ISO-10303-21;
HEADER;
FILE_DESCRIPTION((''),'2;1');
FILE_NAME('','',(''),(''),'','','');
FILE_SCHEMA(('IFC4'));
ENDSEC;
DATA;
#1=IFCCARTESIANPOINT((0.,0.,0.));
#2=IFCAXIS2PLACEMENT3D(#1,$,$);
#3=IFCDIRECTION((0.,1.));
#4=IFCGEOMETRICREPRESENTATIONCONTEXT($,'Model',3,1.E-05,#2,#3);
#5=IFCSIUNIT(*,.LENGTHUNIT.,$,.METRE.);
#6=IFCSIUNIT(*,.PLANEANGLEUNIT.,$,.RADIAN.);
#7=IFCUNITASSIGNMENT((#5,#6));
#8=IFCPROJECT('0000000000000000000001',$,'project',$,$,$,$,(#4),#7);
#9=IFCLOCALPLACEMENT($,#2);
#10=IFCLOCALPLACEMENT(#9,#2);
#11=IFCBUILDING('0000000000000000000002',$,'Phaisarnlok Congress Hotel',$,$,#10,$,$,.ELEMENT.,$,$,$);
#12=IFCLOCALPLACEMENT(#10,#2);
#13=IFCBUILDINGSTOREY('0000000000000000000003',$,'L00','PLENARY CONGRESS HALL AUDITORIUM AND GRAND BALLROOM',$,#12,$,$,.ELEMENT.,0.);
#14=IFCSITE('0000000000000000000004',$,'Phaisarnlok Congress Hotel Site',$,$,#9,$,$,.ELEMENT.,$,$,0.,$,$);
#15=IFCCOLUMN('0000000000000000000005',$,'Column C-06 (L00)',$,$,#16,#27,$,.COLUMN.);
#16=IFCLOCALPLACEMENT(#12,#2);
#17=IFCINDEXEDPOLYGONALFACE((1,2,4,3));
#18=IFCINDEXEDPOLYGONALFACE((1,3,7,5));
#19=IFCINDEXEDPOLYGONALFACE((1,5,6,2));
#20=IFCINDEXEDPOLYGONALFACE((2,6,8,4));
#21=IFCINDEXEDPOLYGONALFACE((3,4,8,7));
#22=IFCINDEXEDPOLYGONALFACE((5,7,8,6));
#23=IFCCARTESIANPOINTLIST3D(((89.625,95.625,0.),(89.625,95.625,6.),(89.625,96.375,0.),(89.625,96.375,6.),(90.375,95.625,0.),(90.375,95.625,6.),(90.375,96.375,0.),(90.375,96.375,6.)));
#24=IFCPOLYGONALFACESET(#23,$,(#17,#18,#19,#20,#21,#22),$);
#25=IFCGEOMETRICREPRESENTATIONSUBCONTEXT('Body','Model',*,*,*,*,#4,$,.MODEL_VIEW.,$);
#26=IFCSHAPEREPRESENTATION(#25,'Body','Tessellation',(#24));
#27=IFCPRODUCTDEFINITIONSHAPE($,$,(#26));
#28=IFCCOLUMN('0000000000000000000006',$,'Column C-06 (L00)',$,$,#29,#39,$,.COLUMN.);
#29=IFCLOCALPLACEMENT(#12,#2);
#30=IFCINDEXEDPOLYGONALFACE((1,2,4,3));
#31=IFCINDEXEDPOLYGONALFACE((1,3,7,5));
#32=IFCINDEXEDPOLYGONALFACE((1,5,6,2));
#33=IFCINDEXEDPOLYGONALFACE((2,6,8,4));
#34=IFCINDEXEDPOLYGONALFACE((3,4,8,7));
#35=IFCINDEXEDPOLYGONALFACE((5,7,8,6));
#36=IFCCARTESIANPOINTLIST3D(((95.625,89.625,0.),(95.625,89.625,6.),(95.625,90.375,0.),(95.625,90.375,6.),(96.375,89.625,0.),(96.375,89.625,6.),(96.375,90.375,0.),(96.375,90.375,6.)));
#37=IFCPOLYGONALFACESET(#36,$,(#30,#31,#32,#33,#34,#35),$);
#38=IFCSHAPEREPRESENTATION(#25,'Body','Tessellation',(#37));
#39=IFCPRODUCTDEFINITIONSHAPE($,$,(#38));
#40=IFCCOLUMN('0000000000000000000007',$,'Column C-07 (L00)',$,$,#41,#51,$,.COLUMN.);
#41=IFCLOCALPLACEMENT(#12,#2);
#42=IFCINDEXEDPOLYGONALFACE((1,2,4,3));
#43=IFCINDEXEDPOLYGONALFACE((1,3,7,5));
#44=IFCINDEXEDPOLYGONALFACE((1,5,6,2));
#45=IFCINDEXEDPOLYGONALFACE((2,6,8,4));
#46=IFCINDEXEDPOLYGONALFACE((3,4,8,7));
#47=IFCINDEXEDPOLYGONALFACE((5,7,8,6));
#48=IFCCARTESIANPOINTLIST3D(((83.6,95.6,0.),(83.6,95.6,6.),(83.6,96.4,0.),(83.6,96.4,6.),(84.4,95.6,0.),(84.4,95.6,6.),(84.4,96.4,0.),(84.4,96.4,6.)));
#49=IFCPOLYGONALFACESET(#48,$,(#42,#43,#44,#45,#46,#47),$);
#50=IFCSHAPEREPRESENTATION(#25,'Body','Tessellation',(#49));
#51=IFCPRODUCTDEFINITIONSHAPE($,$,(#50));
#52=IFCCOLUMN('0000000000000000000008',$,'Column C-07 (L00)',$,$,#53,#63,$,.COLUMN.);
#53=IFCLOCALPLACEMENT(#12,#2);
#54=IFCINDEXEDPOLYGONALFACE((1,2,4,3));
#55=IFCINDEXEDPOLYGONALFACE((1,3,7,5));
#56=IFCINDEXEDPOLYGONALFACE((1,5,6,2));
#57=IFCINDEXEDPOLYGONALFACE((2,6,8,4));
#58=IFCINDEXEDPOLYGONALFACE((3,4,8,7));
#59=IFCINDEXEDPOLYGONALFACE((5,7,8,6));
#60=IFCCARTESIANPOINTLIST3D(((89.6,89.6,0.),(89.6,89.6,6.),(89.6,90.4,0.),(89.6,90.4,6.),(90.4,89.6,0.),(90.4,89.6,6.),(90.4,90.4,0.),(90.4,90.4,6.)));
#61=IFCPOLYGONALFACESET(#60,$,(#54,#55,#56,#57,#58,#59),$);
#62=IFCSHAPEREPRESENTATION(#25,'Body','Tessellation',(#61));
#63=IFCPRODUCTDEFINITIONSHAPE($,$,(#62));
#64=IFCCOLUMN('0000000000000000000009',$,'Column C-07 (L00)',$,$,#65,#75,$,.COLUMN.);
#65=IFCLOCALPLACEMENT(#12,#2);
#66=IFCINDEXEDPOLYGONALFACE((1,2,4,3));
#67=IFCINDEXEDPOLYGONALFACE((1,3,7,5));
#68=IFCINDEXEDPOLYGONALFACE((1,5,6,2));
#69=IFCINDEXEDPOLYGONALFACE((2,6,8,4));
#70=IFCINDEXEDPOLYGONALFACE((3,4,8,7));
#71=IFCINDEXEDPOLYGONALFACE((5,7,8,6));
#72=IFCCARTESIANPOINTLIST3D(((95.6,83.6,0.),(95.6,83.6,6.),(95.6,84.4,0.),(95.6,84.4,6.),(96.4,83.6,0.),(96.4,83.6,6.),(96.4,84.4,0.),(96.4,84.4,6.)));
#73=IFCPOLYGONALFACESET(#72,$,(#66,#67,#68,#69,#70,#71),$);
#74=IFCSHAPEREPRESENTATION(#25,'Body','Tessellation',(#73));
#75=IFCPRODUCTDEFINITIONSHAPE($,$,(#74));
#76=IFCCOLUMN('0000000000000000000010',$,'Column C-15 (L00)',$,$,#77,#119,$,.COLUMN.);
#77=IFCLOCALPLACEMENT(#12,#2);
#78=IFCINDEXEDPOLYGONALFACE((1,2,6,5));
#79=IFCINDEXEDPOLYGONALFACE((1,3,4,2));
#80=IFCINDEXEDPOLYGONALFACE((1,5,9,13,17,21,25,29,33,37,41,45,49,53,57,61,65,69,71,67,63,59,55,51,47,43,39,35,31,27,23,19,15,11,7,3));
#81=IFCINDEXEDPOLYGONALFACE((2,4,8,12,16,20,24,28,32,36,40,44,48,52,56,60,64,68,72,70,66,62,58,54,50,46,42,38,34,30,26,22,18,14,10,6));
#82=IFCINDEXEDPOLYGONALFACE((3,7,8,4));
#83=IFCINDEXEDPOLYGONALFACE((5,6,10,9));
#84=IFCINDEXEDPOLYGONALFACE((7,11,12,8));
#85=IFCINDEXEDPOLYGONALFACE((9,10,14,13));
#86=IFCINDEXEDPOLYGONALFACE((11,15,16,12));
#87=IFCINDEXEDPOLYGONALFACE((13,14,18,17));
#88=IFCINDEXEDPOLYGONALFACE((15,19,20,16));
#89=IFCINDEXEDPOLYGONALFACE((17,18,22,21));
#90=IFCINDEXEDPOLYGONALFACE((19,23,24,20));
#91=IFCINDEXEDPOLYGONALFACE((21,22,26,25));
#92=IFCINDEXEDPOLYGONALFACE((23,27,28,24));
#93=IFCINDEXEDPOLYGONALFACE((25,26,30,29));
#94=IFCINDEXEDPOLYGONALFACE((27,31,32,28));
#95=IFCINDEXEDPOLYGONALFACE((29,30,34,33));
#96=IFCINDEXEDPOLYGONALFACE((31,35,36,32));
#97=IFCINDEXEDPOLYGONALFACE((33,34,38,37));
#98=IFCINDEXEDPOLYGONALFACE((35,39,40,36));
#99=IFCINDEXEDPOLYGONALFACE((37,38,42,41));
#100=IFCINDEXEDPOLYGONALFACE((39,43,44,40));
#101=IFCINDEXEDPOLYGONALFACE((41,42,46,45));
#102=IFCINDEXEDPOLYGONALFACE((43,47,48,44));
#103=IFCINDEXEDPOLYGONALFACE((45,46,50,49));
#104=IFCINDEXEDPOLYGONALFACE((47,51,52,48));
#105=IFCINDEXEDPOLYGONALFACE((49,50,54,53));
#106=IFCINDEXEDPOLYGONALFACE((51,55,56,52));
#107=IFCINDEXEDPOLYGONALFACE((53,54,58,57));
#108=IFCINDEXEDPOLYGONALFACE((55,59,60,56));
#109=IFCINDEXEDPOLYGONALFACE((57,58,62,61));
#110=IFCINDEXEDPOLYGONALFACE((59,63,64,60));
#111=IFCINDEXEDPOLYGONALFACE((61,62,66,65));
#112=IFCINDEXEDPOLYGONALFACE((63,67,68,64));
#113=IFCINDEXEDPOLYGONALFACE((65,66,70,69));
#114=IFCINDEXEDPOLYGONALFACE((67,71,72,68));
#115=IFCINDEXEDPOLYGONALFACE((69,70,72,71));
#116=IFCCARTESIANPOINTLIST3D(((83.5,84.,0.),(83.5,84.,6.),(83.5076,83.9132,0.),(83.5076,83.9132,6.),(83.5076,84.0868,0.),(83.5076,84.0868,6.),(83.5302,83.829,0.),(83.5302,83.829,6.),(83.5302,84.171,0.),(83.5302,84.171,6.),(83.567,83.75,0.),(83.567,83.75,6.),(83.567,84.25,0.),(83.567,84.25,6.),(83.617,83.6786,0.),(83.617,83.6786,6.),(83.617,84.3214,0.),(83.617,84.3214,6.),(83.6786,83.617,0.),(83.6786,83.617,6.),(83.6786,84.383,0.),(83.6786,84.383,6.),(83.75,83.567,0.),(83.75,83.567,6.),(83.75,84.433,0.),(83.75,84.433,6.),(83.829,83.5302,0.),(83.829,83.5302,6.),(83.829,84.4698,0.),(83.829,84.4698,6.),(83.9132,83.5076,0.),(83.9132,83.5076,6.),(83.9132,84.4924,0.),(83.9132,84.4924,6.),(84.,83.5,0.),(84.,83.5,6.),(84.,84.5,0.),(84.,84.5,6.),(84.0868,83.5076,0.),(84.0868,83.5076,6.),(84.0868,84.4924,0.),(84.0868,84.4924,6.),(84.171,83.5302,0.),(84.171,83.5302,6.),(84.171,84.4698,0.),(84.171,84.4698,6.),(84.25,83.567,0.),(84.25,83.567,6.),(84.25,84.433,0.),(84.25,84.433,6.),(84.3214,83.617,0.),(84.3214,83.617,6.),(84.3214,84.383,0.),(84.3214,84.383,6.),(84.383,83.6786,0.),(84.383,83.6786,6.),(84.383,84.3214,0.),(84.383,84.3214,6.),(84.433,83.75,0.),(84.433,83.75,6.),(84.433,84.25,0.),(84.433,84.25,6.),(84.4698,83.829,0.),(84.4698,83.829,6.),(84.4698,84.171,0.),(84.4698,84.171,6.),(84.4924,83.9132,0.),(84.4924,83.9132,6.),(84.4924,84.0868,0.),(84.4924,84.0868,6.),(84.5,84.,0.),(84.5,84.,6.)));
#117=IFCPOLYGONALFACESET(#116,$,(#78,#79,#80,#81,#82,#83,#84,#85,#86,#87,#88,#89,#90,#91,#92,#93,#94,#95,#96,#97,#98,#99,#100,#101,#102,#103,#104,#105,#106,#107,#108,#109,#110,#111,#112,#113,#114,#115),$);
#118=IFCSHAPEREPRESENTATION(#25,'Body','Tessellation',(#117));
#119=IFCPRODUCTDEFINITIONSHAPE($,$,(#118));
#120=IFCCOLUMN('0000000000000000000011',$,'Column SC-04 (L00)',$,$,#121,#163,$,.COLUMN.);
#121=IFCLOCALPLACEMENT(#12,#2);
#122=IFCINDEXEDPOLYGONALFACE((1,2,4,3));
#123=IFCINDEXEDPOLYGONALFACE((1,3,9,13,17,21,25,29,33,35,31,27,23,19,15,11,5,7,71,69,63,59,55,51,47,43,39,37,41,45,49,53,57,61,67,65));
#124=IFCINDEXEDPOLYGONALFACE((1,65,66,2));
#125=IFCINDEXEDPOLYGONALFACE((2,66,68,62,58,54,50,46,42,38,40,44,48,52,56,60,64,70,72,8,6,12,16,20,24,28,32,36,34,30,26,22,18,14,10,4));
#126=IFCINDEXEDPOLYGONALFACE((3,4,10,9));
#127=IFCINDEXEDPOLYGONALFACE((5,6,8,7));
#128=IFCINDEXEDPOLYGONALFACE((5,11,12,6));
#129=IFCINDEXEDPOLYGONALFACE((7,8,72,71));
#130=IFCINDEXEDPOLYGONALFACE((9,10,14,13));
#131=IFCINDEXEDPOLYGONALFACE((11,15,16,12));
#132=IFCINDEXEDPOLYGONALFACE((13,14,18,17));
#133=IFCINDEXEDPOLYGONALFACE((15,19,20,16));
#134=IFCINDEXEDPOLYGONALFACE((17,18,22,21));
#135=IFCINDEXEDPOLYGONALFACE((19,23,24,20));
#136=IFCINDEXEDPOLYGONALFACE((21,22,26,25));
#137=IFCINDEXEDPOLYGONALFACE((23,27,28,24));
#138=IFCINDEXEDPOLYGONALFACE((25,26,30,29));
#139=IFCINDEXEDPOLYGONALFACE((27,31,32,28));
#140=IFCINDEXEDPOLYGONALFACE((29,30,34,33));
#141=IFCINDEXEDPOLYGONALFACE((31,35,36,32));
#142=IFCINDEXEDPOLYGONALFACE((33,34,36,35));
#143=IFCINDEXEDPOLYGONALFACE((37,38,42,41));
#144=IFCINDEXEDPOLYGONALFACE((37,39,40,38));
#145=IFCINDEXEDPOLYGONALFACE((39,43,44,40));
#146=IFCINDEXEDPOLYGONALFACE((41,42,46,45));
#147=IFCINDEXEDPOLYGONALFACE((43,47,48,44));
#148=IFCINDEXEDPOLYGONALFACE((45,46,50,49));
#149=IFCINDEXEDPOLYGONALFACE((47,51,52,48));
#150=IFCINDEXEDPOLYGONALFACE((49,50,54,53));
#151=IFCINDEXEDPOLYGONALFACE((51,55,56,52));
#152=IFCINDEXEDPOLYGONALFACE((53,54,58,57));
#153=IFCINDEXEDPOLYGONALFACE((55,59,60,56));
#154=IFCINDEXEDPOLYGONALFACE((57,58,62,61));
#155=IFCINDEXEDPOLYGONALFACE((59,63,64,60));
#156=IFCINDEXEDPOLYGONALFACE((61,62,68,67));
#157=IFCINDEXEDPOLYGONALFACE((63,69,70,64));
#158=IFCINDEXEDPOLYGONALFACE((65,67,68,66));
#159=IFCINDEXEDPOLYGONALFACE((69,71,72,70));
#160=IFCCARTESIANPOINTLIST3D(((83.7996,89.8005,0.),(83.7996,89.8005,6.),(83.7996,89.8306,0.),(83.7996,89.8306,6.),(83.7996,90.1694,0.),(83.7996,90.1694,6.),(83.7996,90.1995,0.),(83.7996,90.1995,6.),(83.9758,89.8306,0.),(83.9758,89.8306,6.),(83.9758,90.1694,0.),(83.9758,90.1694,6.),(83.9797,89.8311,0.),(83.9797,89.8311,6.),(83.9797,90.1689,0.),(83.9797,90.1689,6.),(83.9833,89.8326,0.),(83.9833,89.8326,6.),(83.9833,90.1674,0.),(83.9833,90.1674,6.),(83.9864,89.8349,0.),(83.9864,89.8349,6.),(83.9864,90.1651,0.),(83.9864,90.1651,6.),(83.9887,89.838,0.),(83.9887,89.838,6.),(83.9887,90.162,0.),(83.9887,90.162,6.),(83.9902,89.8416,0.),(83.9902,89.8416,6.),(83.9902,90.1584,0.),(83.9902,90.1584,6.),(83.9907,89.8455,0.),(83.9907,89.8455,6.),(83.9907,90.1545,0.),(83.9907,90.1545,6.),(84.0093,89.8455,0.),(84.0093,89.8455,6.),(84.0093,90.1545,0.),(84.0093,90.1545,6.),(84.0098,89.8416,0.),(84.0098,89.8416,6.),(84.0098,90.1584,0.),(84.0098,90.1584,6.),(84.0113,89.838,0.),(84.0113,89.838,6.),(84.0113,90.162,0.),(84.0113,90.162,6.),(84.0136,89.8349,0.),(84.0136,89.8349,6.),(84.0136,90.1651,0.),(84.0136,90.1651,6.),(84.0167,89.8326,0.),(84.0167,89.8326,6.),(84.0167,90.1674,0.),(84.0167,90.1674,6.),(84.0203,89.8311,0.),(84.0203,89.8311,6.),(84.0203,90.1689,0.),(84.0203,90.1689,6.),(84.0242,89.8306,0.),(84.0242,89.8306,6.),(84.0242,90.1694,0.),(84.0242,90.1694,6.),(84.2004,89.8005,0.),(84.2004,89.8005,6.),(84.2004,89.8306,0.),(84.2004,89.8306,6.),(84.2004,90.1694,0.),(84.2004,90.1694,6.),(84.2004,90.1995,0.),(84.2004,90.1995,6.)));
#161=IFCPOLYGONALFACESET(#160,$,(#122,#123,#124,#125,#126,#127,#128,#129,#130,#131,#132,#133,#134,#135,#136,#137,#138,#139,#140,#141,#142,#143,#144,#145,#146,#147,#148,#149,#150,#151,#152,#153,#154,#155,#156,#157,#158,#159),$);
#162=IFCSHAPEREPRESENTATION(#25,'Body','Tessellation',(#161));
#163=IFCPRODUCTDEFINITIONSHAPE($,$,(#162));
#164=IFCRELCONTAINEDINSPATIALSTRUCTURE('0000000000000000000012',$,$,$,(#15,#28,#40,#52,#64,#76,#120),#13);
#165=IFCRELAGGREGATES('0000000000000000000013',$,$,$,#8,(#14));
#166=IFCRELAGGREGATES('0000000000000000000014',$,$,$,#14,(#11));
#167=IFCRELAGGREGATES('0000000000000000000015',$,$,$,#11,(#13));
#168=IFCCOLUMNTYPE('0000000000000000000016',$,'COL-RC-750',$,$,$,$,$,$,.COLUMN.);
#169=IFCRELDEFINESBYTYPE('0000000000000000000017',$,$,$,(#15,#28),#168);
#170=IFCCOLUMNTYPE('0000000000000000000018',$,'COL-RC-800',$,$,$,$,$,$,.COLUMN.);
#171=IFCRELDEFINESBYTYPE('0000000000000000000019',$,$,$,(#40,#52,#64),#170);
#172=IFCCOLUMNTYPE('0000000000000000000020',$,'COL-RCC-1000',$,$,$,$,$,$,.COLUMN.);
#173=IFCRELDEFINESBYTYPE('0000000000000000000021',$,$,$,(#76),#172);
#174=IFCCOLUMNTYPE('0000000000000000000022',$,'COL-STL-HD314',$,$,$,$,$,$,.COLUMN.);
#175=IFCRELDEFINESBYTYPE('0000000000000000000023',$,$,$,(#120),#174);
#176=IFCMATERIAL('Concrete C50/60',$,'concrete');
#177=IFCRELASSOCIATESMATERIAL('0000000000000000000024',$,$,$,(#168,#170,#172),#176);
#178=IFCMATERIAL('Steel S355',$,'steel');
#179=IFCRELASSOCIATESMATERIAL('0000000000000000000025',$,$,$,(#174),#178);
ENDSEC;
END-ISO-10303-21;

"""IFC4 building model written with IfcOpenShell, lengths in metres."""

from ifc_helpers import new_model, si_unit, direction, frame, origin, origin_2d, place, context, subcontext, project, spatial, rectangle, circle, i_section, extrude, material, material_profile, profile_set, type_object, element, save


model = new_model("IFC4")

# Units and contexts
model_context = context("Model", 3, precision=1e-05, world=origin(), true_north=direction((0.0, 1.0)))
body_context = subcontext(model_context, "Body", "Model", "MODEL_VIEW")
ifc_project = project(units=[si_unit("LENGTHUNIT", "METRE"), si_unit("PLANEANGLEUNIT", "RADIAN")], contexts=[model_context])

# Site, building, storey
site_placement = place(None, origin())
site = spatial("IfcSite", under=ifc_project, at=site_placement, Name="Phaisarnlok Congress Hotel Site", CompositionType="ELEMENT", RefElevation=0.0)
building_placement = place(site_placement, origin())
building = spatial("IfcBuilding", under=site, at=building_placement, Name="Phaisarnlok Congress Hotel", CompositionType="ELEMENT")
storey_placement = place(building_placement, origin())
storey = spatial("IfcBuildingStorey", under=building, at=storey_placement, Name="L00", Description="PLENARY CONGRESS HALL AUDITORIUM AND GRAND BALLROOM", CompositionType="ELEMENT", Elevation=0.0)

# Columns
ifc_material_1 = material(Name="Concrete C50/60", Category="concrete")
ifc_material_profile_1 = material_profile(ifc_material_1, rectangle(XDim=0.75, YDim=0.75, at=origin_2d()), Name="RC 750x750")
ifc_profile_set_1 = profile_set([ifc_material_profile_1], Name="Concrete C50/60")
column_type_1 = type_object("IfcColumnType", Name="COL-RC-750", PredefinedType="COLUMN", material=ifc_profile_set_1)
for number, where, z_axis, x_axis, name in (
    (1, (90.0, 96.0, 0.0), (0.0, 0.0, 1.0), (1.0, 0.0, 0.0), "Column C-06 (L00)"),
    (2, (96.0, 90.0, 0.0), (0.0, 0.0, 1.0), (1.0, 0.0, 0.0), "Column C-06 (L00)"),
):
    element("IfcColumn", number, at=place(storey_placement, frame(where, z_axis=z_axis, x_axis=x_axis)), inside=storey, type_object=column_type_1, Name=name, PredefinedType="COLUMN", context=body_context, shape_type="SweptSolid", body=[
        extrude(rectangle(XDim=0.75, YDim=0.75, at=origin_2d()), origin(), (0.0, 0.0, 1.0), 6.0),
    ])
ifc_material_profile_2 = material_profile(ifc_material_1, rectangle(XDim=0.8, YDim=0.8, at=origin_2d()), Name="RC 800x800")
ifc_profile_set_2 = profile_set([ifc_material_profile_2], Name="Concrete C50/60")
column_type_2 = type_object("IfcColumnType", Name="COL-RC-800", PredefinedType="COLUMN", material=ifc_profile_set_2)
for number, where, z_axis, x_axis, name in (
    (3, (84.0, 96.0, 0.0), (0.0, 0.0, 1.0), (1.0, 0.0, 0.0), "Column C-07 (L00)"),
    (4, (90.0, 90.0, 0.0), (0.0, 0.0, 1.0), (1.0, 0.0, 0.0), "Column C-07 (L00)"),
    (5, (96.0, 84.0, 0.0), (0.0, 0.0, 1.0), (1.0, 0.0, 0.0), "Column C-07 (L00)"),
):
    element("IfcColumn", number, at=place(storey_placement, frame(where, z_axis=z_axis, x_axis=x_axis)), inside=storey, type_object=column_type_2, Name=name, PredefinedType="COLUMN", context=body_context, shape_type="SweptSolid", body=[
        extrude(rectangle(XDim=0.8, YDim=0.8, at=origin_2d()), origin(), (0.0, 0.0, 1.0), 6.0),
    ])
ifc_material_profile_3 = material_profile(ifc_material_1, circle(Radius=0.5, at=origin_2d()), Name="RCC D1000")
ifc_profile_set_3 = profile_set([ifc_material_profile_3], Name="Concrete C50/60")
column_type_3 = type_object("IfcColumnType", Name="COL-RCC-1000", PredefinedType="COLUMN", material=ifc_profile_set_3)
column_placement = place(storey_placement, frame((84.0, 84.0, 0.0), z_axis=(0.0, 0.0, 1.0), x_axis=(1.0, 0.0, 0.0)))
element("IfcColumn", 6, at=column_placement, inside=storey, type_object=column_type_3, Name="Column C-15 (L00)", PredefinedType="COLUMN", context=body_context, shape_type="SweptSolid", body=[
    extrude(circle(Radius=0.5, at=origin_2d()), origin(), (0.0, 0.0, 1.0), 6.0),
])
ifc_material_2 = material(Name="Steel S355", Category="steel")
ifc_material_profile_4 = material_profile(ifc_material_2, i_section(OverallWidth=0.4009, OverallDepth=0.3989, WebThickness=0.0186, FlangeThickness=0.03, FilletRadius=0.0149, at=origin_2d()), Name="HD 400x314")
ifc_profile_set_4 = profile_set([ifc_material_profile_4], Name="Steel S355")
column_type_4 = type_object("IfcColumnType", Name="COL-STL-HD314", PredefinedType="COLUMN", material=ifc_profile_set_4)
for number, where, z_axis, x_axis, name in (
    (7, (84.0, 90.0, 0.0), (0.0, 0.0, 1.0), (1.0, 0.0, 0.0), "Column SC-04 (L00)"),
):
    element("IfcColumn", number, at=place(storey_placement, frame(where, z_axis=z_axis, x_axis=x_axis)), inside=storey, type_object=column_type_4, Name=name, PredefinedType="COLUMN", context=body_context, shape_type="SweptSolid", body=[
        extrude(i_section(OverallWidth=0.4009, OverallDepth=0.3989, WebThickness=0.0186, FlangeThickness=0.03, FilletRadius=0.0149, at=origin_2d()), origin(), (0.0, 0.0, 1.0), 6.0),
    ])

save(model, "model.ifc")
